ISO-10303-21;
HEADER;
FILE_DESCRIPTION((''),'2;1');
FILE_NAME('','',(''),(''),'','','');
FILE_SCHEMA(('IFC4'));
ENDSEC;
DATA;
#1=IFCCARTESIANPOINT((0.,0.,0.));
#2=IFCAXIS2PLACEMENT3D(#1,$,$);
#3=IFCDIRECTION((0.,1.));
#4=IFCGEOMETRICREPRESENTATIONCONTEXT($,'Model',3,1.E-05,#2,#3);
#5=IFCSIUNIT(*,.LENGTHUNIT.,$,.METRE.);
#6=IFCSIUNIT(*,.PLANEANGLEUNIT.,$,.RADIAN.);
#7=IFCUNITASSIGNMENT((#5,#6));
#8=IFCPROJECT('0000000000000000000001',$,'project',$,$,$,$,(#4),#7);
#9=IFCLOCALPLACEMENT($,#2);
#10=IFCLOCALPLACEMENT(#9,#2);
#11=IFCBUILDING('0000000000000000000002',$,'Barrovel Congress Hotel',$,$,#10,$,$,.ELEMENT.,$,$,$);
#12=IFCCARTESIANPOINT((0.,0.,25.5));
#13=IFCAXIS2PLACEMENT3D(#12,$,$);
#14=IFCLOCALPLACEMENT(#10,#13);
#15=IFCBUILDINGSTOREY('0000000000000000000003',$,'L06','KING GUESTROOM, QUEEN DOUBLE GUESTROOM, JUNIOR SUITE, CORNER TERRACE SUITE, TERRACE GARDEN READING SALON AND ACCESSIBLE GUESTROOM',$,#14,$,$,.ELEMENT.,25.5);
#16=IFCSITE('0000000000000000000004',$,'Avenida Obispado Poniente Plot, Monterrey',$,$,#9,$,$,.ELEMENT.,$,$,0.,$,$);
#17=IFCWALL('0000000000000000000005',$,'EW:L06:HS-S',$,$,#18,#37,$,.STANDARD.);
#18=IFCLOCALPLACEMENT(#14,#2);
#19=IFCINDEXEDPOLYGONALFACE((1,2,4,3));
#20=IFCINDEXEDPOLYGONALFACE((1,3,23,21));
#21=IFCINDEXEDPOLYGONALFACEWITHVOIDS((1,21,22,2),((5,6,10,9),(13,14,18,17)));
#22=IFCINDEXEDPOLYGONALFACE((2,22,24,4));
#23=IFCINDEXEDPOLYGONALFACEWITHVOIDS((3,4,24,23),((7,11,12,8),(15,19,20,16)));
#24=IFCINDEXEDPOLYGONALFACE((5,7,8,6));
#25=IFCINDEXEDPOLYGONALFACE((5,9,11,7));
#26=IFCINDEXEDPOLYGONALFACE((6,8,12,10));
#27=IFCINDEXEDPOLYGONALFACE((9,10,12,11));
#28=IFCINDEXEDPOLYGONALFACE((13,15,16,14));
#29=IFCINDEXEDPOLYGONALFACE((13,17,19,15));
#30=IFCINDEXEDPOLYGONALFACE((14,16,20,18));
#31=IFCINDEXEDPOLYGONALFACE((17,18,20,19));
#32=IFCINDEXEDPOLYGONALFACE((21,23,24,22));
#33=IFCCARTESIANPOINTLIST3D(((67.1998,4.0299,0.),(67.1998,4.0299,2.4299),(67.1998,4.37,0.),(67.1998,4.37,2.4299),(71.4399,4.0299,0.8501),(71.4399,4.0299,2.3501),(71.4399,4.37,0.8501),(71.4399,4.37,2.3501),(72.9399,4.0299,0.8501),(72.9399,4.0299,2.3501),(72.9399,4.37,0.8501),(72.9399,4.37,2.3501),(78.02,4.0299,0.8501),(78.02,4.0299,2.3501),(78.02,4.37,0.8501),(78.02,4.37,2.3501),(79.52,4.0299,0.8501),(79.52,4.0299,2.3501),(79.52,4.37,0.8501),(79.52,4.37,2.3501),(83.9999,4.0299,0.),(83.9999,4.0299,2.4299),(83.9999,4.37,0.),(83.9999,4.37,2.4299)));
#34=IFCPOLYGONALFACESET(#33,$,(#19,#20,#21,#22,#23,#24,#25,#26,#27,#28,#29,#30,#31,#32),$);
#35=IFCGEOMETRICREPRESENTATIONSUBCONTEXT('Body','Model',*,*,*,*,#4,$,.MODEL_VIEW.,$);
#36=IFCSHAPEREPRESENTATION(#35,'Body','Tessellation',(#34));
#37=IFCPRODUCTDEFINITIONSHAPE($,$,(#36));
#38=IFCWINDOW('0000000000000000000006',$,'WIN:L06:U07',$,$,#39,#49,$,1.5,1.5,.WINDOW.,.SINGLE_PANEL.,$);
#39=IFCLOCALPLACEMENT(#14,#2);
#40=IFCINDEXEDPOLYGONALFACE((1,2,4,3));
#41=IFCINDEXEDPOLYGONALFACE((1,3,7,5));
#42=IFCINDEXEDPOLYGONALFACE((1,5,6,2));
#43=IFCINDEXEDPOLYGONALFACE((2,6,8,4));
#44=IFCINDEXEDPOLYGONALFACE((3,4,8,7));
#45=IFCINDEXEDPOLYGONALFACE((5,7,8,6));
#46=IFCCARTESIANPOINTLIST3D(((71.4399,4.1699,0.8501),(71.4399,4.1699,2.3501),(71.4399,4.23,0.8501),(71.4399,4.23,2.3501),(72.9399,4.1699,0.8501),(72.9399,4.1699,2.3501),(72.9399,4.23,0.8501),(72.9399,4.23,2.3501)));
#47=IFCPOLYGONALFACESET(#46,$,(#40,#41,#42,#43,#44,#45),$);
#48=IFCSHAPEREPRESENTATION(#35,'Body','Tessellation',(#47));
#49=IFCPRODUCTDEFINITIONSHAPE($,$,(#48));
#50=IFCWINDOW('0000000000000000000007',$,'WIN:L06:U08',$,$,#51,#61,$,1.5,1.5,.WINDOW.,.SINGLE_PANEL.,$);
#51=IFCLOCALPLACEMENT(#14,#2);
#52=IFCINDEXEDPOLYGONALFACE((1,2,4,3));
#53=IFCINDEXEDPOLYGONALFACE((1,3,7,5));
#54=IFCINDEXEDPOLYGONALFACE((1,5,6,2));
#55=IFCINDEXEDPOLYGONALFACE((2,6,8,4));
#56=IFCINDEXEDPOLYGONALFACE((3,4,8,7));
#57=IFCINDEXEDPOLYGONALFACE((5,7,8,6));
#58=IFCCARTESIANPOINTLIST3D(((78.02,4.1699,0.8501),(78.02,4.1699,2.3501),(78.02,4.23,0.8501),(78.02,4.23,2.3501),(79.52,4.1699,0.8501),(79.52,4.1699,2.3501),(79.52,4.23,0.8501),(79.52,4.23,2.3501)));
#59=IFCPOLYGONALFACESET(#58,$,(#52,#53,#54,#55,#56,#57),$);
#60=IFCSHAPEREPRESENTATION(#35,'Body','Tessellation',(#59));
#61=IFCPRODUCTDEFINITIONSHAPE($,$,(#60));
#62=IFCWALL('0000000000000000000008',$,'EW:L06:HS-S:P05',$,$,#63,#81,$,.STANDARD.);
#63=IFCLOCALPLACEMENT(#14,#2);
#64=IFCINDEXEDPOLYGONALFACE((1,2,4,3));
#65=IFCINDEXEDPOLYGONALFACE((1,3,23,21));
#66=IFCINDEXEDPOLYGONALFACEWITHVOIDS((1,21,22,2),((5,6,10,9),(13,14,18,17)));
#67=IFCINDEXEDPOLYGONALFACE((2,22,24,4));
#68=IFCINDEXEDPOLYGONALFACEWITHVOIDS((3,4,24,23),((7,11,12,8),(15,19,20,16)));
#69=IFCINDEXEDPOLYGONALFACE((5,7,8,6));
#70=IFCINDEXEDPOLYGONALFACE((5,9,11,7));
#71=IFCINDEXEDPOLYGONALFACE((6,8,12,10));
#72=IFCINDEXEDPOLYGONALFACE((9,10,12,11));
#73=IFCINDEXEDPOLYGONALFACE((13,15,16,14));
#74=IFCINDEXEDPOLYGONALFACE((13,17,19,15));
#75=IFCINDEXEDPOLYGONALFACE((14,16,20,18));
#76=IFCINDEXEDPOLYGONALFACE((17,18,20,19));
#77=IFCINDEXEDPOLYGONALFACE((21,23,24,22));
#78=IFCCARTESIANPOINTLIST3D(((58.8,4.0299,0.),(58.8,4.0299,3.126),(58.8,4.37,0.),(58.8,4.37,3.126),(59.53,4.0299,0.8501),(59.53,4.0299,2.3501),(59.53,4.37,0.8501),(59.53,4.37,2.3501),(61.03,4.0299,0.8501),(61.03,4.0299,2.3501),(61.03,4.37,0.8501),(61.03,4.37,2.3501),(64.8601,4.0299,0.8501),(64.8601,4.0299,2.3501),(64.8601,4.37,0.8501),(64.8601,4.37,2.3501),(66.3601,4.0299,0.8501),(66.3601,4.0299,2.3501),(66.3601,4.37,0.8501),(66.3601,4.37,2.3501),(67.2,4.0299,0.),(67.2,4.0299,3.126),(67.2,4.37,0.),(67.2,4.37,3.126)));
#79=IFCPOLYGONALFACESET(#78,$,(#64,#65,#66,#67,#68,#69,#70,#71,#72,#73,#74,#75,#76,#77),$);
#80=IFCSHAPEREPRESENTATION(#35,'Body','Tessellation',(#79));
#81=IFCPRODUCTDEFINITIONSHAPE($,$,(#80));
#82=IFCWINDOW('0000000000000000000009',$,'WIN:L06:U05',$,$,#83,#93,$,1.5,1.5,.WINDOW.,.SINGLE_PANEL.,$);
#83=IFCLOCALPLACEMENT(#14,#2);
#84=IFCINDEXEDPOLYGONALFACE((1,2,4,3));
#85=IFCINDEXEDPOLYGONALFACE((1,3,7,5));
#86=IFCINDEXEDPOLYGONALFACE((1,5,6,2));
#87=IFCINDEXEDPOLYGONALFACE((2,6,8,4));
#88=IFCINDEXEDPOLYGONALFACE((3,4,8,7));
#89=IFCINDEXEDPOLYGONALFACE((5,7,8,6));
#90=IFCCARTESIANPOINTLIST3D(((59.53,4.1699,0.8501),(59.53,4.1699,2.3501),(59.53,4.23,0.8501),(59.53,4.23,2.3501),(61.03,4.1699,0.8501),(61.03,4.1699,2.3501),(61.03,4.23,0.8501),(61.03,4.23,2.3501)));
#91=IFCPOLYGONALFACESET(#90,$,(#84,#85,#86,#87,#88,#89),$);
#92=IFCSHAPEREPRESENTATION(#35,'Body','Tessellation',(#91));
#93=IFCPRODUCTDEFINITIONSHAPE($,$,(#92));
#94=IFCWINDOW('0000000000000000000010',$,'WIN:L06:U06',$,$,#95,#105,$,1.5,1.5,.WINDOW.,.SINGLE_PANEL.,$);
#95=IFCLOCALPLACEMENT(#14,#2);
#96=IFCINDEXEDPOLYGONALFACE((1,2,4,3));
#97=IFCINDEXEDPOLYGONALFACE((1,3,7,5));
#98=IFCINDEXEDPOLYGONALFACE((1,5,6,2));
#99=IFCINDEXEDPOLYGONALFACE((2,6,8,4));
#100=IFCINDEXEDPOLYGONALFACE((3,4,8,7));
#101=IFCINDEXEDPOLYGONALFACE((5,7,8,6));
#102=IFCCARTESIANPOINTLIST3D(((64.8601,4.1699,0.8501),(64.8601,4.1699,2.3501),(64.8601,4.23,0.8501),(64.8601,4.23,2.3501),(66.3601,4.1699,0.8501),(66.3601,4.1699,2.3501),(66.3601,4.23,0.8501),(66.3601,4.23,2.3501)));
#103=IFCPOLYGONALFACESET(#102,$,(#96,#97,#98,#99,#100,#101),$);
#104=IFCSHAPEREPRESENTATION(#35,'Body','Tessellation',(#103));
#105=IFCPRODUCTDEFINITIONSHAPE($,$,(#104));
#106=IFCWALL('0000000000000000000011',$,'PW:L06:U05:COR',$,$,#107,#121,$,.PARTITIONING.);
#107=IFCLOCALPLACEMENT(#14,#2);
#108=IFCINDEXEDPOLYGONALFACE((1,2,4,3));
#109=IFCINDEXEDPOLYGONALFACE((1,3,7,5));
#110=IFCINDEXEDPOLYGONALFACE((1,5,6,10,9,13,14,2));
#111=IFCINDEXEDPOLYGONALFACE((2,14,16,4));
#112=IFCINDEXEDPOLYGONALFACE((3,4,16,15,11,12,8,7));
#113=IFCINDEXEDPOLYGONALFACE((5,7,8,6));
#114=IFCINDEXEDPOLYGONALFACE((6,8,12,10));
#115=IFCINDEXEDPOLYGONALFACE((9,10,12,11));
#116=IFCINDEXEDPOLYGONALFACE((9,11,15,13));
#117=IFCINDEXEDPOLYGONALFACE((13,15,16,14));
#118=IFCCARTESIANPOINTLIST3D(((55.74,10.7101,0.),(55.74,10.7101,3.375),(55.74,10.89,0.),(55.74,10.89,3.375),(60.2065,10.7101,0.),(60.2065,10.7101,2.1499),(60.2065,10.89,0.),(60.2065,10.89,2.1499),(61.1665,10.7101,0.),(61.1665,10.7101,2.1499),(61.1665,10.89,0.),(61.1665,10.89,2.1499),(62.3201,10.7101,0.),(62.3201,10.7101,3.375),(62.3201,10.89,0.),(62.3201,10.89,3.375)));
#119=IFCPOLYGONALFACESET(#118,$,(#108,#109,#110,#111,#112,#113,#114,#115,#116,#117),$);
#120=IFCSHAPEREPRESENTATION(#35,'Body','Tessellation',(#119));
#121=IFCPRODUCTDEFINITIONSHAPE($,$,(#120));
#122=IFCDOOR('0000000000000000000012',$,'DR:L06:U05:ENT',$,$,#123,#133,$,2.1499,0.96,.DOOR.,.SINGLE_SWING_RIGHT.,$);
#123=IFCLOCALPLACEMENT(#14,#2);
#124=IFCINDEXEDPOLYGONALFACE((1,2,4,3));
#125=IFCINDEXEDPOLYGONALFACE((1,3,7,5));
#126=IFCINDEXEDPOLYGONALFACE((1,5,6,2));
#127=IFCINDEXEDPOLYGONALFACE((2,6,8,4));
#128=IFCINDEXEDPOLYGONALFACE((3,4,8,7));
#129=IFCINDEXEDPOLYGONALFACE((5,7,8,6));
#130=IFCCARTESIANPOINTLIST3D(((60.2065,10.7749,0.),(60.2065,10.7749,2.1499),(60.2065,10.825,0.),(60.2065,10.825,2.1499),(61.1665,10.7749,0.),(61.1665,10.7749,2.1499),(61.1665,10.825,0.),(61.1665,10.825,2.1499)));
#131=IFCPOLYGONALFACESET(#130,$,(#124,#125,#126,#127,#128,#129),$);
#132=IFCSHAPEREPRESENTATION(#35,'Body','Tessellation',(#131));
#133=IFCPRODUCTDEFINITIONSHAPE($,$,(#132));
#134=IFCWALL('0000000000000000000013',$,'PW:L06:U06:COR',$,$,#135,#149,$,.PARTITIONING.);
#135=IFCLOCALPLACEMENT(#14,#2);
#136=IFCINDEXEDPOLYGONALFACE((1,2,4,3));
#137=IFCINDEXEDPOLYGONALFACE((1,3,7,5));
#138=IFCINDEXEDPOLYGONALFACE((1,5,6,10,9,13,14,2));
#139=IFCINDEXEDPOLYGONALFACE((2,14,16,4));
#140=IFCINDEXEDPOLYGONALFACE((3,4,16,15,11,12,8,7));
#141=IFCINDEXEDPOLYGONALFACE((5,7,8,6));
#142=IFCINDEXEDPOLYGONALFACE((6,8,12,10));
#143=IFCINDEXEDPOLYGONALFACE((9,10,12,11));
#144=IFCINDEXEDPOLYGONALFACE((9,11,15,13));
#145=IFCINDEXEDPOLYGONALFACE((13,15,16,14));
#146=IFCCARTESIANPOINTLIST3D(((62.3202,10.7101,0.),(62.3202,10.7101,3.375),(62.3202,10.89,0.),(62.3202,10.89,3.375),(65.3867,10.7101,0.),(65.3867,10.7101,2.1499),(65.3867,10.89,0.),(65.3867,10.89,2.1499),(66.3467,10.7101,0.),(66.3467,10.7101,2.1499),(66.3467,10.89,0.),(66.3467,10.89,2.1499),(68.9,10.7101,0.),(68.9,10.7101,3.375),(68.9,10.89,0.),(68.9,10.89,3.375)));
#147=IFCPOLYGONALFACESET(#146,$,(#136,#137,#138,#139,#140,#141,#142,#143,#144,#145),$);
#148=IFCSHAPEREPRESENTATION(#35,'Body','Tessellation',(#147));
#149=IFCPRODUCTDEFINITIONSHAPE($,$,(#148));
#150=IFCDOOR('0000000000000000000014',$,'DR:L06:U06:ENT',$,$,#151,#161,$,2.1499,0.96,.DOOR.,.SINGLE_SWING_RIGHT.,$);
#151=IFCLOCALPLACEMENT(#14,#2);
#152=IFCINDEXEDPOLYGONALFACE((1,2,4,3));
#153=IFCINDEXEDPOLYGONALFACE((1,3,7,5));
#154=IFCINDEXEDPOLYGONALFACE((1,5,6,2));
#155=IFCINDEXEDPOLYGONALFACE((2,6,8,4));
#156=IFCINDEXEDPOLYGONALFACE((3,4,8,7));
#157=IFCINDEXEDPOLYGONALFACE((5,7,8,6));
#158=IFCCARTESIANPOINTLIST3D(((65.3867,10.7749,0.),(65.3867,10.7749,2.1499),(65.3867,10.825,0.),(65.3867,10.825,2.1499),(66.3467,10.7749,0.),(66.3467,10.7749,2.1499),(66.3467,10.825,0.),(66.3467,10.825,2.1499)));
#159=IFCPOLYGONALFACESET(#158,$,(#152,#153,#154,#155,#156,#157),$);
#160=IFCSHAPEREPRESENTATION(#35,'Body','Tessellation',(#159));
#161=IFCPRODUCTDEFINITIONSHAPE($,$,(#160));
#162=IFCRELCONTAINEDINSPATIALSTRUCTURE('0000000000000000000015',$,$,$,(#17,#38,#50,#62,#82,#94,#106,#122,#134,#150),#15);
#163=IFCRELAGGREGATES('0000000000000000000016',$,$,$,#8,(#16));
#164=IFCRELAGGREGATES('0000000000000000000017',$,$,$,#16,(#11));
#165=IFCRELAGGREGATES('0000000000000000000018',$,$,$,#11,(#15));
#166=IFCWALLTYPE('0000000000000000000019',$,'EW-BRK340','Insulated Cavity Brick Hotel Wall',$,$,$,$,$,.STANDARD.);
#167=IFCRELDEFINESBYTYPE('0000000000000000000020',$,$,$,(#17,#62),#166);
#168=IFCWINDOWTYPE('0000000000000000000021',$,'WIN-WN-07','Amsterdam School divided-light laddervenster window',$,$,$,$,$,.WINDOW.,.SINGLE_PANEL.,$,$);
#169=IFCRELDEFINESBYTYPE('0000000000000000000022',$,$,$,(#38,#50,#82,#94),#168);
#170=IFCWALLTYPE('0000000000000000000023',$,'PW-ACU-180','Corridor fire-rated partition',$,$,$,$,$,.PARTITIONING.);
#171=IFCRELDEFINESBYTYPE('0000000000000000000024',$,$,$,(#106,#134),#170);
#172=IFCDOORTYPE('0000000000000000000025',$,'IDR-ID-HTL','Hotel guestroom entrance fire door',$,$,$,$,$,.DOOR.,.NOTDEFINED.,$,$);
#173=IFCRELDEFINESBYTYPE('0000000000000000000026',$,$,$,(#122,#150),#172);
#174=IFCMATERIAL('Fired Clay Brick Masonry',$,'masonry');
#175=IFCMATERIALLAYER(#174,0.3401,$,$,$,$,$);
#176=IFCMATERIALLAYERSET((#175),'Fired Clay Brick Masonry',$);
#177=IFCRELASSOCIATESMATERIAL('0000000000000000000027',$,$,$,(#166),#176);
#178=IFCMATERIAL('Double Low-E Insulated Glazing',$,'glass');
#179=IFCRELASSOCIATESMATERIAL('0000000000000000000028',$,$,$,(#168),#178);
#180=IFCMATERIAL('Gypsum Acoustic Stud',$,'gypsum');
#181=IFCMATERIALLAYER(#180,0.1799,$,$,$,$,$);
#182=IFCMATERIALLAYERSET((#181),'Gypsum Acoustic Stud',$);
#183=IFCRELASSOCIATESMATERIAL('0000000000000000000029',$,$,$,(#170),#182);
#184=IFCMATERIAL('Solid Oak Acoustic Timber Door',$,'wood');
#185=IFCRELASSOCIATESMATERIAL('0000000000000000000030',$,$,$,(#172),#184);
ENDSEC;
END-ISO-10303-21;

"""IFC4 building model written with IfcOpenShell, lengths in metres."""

from ifc_helpers import new_model, si_unit, direction, frame, frame_2d, origin, place, context, subcontext, project, spatial, rectangle, extrude, material, layer, layer_set, type_object, element, fill, save


model = new_model("IFC4")

# Units and contexts
model_context = context("Model", 3, precision=1e-05, world=origin(), true_north=direction((0.0, 1.0)))
body_context = subcontext(model_context, "Body", "Model", "MODEL_VIEW")
ifc_project = project(units=[si_unit("LENGTHUNIT", "METRE"), si_unit("PLANEANGLEUNIT", "RADIAN")], contexts=[model_context])

# Site, building, storey
site_placement = place(None, origin())
site = spatial("IfcSite", under=ifc_project, at=site_placement, Name="Avenida Obispado Poniente Plot, Monterrey", CompositionType="ELEMENT", RefElevation=0.0)
building_placement = place(site_placement, origin())
building = spatial("IfcBuilding", under=site, at=building_placement, Name="Barrovel Congress Hotel", CompositionType="ELEMENT")
storey_placement = place(building_placement, frame((0.0, 0.0, 25.5)))
storey = spatial("IfcBuildingStorey", under=building, at=storey_placement, Name="L06", Description="KING GUESTROOM, QUEEN DOUBLE GUESTROOM, JUNIOR SUITE, CORNER TERRACE SUITE, TERRACE GARDEN READING SALON AND ACCESSIBLE GUESTROOM", CompositionType="ELEMENT", Elevation=25.5)

# Walls, openings, windows
ifc_material_1 = material(Name="Fired Clay Brick Masonry", Category="masonry")
ifc_layer_1 = layer(ifc_material_1, 0.3401)
ifc_layer_set_1 = layer_set([ifc_layer_1], Name="Fired Clay Brick Masonry")
wall_type_1 = type_object("IfcWallType", Name="EW-BRK340", Description="Insulated Cavity Brick Hotel Wall", PredefinedType="STANDARD", material=ifc_layer_set_1)
wall_1_placement = place(storey_placement, frame((67.2, 4.2, 0.0), z_axis=(0.0, 0.0, 1.0), x_axis=(1.0, 0.0, 0.0)))
wall_1 = element("IfcWall", 1, at=wall_1_placement, inside=storey, type_object=wall_type_1, Name="EW:L06:HS-S", PredefinedType="STANDARD", context=body_context, shape_type="SweptSolid", body=[
    extrude(rectangle(XDim=16.8, YDim=0.3401, at=frame_2d((8.3999, 0.0))), origin(), (0.0, 0.0, 1.0), 2.4299),
])
opening_1_placement = place(wall_1_placement, frame((4.24, 0.0, 0.8501)))
opening_1 = element("IfcOpeningElement", 2, at=opening_1_placement, cuts=wall_1, PredefinedType="OPENING", context=body_context, shape_type="SweptSolid", body=[
    extrude(rectangle(XDim=1.5, YDim=1.5, at=frame_2d((0.75, 0.75))), frame((0.0, 0.1802, 0.0), z_axis=(0.0, -1.0, 0.0), x_axis=(1.0, 0.0, 0.0)), (0.0, 0.0, 1.0), 0.3601),
])
opening_2_placement = place(wall_1_placement, frame((10.8201, 0.0, 0.8501)))
opening_2 = element("IfcOpeningElement", 3, at=opening_2_placement, cuts=wall_1, PredefinedType="OPENING", context=body_context, shape_type="SweptSolid", body=[
    extrude(rectangle(XDim=1.5, YDim=1.5, at=frame_2d((0.75, 0.75))), frame((0.0, 0.1802, 0.0), z_axis=(0.0, -1.0, 0.0), x_axis=(1.0, 0.0, 0.0)), (0.0, 0.0, 1.0), 0.3601),
])
ifc_material_2 = material(Name="Double Low-E Insulated Glazing", Category="glass")
window_type = type_object("IfcWindowType", Name="WIN-WN-07", Description="Amsterdam School divided-light laddervenster window", PartitioningType="SINGLE_PANEL", PredefinedType="WINDOW", material=ifc_material_2)
window_1_placement = place(opening_1_placement, origin())
window_1 = element("IfcWindow", 4, at=window_1_placement, inside=storey, type_object=window_type, Name="WIN:L06:U07", OverallHeight=1.5, OverallWidth=1.5, PartitioningType="SINGLE_PANEL", PredefinedType="WINDOW", context=body_context, shape_type="SweptSolid", body=[
    extrude(rectangle(XDim=1.5, YDim=1.5, at=frame_2d((0.75, 0.75))), frame((0.0, 0.03, 0.0), z_axis=(0.0, -1.0, 0.0), x_axis=(1.0, 0.0, 0.0)), (0.0, 0.0, 1.0), 0.0601),
])
fill(opening_1, window_1)
window_2_placement = place(opening_2_placement, origin())
window_2 = element("IfcWindow", 5, at=window_2_placement, inside=storey, type_object=window_type, Name="WIN:L06:U08", OverallHeight=1.5, OverallWidth=1.5, PartitioningType="SINGLE_PANEL", PredefinedType="WINDOW", context=body_context, shape_type="SweptSolid", body=[
    extrude(rectangle(XDim=1.5, YDim=1.5, at=frame_2d((0.75, 0.75))), frame((0.0, 0.03, 0.0), z_axis=(0.0, -1.0, 0.0), x_axis=(1.0, 0.0, 0.0)), (0.0, 0.0, 1.0), 0.0601),
])
fill(opening_2, window_2)
wall_2_placement = place(storey_placement, frame((58.8, 4.2, 0.0), z_axis=(0.0, 0.0, 1.0), x_axis=(1.0, 0.0, 0.0)))
wall_2 = element("IfcWall", 6, at=wall_2_placement, inside=storey, type_object=wall_type_1, Name="EW:L06:HS-S:P05", PredefinedType="STANDARD", context=body_context, shape_type="SweptSolid", body=[
    extrude(rectangle(XDim=8.3999, YDim=0.3401, at=frame_2d((4.2, 0.0))), origin(), (0.0, 0.0, 1.0), 3.126),
])
opening_3_placement = place(wall_2_placement, frame((0.73, 0.0, 0.8501)))
opening_3 = element("IfcOpeningElement", 7, at=opening_3_placement, cuts=wall_2, PredefinedType="OPENING", context=body_context, shape_type="SweptSolid", body=[
    extrude(rectangle(XDim=1.5, YDim=1.5, at=frame_2d((0.75, 0.75))), frame((0.0, 0.1802, 0.0), z_axis=(0.0, -1.0, 0.0), x_axis=(1.0, 0.0, 0.0)), (0.0, 0.0, 1.0), 0.3601),
])
opening_4_placement = place(wall_2_placement, frame((6.0601, 0.0, 0.8501)))
opening_4 = element("IfcOpeningElement", 8, at=opening_4_placement, cuts=wall_2, PredefinedType="OPENING", context=body_context, shape_type="SweptSolid", body=[
    extrude(rectangle(XDim=1.5, YDim=1.5, at=frame_2d((0.75, 0.75))), frame((0.0, 0.1802, 0.0), z_axis=(0.0, -1.0, 0.0), x_axis=(1.0, 0.0, 0.0)), (0.0, 0.0, 1.0), 0.3601),
])
window_3_placement = place(opening_3_placement, origin())
window_3 = element("IfcWindow", 9, at=window_3_placement, inside=storey, type_object=window_type, Name="WIN:L06:U05", OverallHeight=1.5, OverallWidth=1.5, PartitioningType="SINGLE_PANEL", PredefinedType="WINDOW", context=body_context, shape_type="SweptSolid", body=[
    extrude(rectangle(XDim=1.5, YDim=1.5, at=frame_2d((0.75, 0.75))), frame((0.0, 0.03, 0.0), z_axis=(0.0, -1.0, 0.0), x_axis=(1.0, 0.0, 0.0)), (0.0, 0.0, 1.0), 0.0601),
])
fill(opening_3, window_3)
window_4_placement = place(opening_4_placement, origin())
window_4 = element("IfcWindow", 10, at=window_4_placement, inside=storey, type_object=window_type, Name="WIN:L06:U06", OverallHeight=1.5, OverallWidth=1.5, PartitioningType="SINGLE_PANEL", PredefinedType="WINDOW", context=body_context, shape_type="SweptSolid", body=[
    extrude(rectangle(XDim=1.5, YDim=1.5, at=frame_2d((0.75, 0.75))), frame((0.0, 0.03, 0.0), z_axis=(0.0, -1.0, 0.0), x_axis=(1.0, 0.0, 0.0)), (0.0, 0.0, 1.0), 0.0601),
])
fill(opening_4, window_4)

# Walls, openings, doors
ifc_material_3 = material(Name="Gypsum Acoustic Stud", Category="gypsum")
ifc_layer_2 = layer(ifc_material_3, 0.1799)
ifc_layer_set_2 = layer_set([ifc_layer_2], Name="Gypsum Acoustic Stud")
wall_type_2 = type_object("IfcWallType", Name="PW-ACU-180", Description="Corridor fire-rated partition", PredefinedType="PARTITIONING", material=ifc_layer_set_2)
wall_3_placement = place(storey_placement, frame((55.74, 10.8, 0.0), z_axis=(0.0, 0.0, 1.0), x_axis=(1.0, 0.0, 0.0)))
wall_3 = element("IfcWall", 11, at=wall_3_placement, inside=storey, type_object=wall_type_2, Name="PW:L06:U05:COR", PredefinedType="PARTITIONING", context=body_context, shape_type="SweptSolid", body=[
    extrude(rectangle(XDim=6.5801, YDim=0.1799, at=frame_2d((3.29, 0.0))), origin(), (0.0, 0.0, 1.0), 3.375),
])
opening_5_placement = place(wall_3_placement, frame((4.4666, 0.0, 0.0)))
opening_5 = element("IfcOpeningElement", 12, at=opening_5_placement, cuts=wall_3, PredefinedType="OPENING", context=body_context, shape_type="SweptSolid", body=[
    extrude(rectangle(XDim=0.96, YDim=2.1499, at=frame_2d((0.48, 1.075))), frame((0.0, 0.1001, 0.0), z_axis=(0.0, -1.0, 0.0), x_axis=(1.0, 0.0, 0.0)), (0.0, 0.0, 1.0), 0.2),
])
ifc_material_4 = material(Name="Solid Oak Acoustic Timber Door", Category="wood")
door_type_1 = type_object("IfcDoorType", Name="IDR-ID-HTL", Description="Hotel guestroom entrance fire door", OperationType="NOTDEFINED", PredefinedType="DOOR", material=ifc_material_4)
door_1_placement = place(opening_5_placement, origin())
door_1 = element("IfcDoor", 13, at=door_1_placement, inside=storey, type_object=door_type_1, Name="DR:L06:U05:ENT", OperationType="SINGLE_SWING_RIGHT", OverallHeight=2.1499, OverallWidth=0.96, PredefinedType="DOOR", context=body_context, shape_type="SweptSolid", body=[
    extrude(rectangle(XDim=0.96, YDim=2.1499, at=frame_2d((0.48, 1.075))), frame((0.0, 0.0249, 0.0), z_axis=(0.0, -1.0, 0.0), x_axis=(1.0, 0.0, 0.0)), (0.0, 0.0, 1.0), 0.05),
])
fill(opening_5, door_1)
wall_4_placement = place(storey_placement, frame((62.3201, 10.8, 0.0), z_axis=(0.0, 0.0, 1.0), x_axis=(1.0, 0.0, 0.0)))
wall_4 = element("IfcWall", 14, at=wall_4_placement, inside=storey, type_object=wall_type_2, Name="PW:L06:U06:COR", PredefinedType="PARTITIONING", context=body_context, shape_type="SweptSolid", body=[
    extrude(rectangle(XDim=6.5798, YDim=0.1799, at=frame_2d((3.29, 0.0))), origin(), (0.0, 0.0, 1.0), 3.375),
])
opening_6_placement = place(wall_4_placement, frame((3.0667, 0.0, 0.0)))
opening_6 = element("IfcOpeningElement", 15, at=opening_6_placement, cuts=wall_4, PredefinedType="OPENING", context=body_context, shape_type="SweptSolid", body=[
    extrude(rectangle(XDim=0.96, YDim=2.1499, at=frame_2d((0.48, 1.075))), frame((0.0, 0.1001, 0.0), z_axis=(0.0, -1.0, 0.0), x_axis=(1.0, 0.0, 0.0)), (0.0, 0.0, 1.0), 0.2),
])
door_2_placement = place(opening_6_placement, origin())
door_2 = element("IfcDoor", 16, at=door_2_placement, inside=storey, type_object=door_type_1, Name="DR:L06:U06:ENT", OperationType="SINGLE_SWING_RIGHT", OverallHeight=2.1499, OverallWidth=0.96, PredefinedType="DOOR", context=body_context, shape_type="SweptSolid", body=[
    extrude(rectangle(XDim=0.96, YDim=2.1499, at=frame_2d((0.48, 1.075))), frame((0.0, 0.0249, 0.0), z_axis=(0.0, -1.0, 0.0), x_axis=(1.0, 0.0, 0.0)), (0.0, 0.0, 1.0), 0.05),
])
fill(opening_6, door_2)

save(model, "model.ifc")
